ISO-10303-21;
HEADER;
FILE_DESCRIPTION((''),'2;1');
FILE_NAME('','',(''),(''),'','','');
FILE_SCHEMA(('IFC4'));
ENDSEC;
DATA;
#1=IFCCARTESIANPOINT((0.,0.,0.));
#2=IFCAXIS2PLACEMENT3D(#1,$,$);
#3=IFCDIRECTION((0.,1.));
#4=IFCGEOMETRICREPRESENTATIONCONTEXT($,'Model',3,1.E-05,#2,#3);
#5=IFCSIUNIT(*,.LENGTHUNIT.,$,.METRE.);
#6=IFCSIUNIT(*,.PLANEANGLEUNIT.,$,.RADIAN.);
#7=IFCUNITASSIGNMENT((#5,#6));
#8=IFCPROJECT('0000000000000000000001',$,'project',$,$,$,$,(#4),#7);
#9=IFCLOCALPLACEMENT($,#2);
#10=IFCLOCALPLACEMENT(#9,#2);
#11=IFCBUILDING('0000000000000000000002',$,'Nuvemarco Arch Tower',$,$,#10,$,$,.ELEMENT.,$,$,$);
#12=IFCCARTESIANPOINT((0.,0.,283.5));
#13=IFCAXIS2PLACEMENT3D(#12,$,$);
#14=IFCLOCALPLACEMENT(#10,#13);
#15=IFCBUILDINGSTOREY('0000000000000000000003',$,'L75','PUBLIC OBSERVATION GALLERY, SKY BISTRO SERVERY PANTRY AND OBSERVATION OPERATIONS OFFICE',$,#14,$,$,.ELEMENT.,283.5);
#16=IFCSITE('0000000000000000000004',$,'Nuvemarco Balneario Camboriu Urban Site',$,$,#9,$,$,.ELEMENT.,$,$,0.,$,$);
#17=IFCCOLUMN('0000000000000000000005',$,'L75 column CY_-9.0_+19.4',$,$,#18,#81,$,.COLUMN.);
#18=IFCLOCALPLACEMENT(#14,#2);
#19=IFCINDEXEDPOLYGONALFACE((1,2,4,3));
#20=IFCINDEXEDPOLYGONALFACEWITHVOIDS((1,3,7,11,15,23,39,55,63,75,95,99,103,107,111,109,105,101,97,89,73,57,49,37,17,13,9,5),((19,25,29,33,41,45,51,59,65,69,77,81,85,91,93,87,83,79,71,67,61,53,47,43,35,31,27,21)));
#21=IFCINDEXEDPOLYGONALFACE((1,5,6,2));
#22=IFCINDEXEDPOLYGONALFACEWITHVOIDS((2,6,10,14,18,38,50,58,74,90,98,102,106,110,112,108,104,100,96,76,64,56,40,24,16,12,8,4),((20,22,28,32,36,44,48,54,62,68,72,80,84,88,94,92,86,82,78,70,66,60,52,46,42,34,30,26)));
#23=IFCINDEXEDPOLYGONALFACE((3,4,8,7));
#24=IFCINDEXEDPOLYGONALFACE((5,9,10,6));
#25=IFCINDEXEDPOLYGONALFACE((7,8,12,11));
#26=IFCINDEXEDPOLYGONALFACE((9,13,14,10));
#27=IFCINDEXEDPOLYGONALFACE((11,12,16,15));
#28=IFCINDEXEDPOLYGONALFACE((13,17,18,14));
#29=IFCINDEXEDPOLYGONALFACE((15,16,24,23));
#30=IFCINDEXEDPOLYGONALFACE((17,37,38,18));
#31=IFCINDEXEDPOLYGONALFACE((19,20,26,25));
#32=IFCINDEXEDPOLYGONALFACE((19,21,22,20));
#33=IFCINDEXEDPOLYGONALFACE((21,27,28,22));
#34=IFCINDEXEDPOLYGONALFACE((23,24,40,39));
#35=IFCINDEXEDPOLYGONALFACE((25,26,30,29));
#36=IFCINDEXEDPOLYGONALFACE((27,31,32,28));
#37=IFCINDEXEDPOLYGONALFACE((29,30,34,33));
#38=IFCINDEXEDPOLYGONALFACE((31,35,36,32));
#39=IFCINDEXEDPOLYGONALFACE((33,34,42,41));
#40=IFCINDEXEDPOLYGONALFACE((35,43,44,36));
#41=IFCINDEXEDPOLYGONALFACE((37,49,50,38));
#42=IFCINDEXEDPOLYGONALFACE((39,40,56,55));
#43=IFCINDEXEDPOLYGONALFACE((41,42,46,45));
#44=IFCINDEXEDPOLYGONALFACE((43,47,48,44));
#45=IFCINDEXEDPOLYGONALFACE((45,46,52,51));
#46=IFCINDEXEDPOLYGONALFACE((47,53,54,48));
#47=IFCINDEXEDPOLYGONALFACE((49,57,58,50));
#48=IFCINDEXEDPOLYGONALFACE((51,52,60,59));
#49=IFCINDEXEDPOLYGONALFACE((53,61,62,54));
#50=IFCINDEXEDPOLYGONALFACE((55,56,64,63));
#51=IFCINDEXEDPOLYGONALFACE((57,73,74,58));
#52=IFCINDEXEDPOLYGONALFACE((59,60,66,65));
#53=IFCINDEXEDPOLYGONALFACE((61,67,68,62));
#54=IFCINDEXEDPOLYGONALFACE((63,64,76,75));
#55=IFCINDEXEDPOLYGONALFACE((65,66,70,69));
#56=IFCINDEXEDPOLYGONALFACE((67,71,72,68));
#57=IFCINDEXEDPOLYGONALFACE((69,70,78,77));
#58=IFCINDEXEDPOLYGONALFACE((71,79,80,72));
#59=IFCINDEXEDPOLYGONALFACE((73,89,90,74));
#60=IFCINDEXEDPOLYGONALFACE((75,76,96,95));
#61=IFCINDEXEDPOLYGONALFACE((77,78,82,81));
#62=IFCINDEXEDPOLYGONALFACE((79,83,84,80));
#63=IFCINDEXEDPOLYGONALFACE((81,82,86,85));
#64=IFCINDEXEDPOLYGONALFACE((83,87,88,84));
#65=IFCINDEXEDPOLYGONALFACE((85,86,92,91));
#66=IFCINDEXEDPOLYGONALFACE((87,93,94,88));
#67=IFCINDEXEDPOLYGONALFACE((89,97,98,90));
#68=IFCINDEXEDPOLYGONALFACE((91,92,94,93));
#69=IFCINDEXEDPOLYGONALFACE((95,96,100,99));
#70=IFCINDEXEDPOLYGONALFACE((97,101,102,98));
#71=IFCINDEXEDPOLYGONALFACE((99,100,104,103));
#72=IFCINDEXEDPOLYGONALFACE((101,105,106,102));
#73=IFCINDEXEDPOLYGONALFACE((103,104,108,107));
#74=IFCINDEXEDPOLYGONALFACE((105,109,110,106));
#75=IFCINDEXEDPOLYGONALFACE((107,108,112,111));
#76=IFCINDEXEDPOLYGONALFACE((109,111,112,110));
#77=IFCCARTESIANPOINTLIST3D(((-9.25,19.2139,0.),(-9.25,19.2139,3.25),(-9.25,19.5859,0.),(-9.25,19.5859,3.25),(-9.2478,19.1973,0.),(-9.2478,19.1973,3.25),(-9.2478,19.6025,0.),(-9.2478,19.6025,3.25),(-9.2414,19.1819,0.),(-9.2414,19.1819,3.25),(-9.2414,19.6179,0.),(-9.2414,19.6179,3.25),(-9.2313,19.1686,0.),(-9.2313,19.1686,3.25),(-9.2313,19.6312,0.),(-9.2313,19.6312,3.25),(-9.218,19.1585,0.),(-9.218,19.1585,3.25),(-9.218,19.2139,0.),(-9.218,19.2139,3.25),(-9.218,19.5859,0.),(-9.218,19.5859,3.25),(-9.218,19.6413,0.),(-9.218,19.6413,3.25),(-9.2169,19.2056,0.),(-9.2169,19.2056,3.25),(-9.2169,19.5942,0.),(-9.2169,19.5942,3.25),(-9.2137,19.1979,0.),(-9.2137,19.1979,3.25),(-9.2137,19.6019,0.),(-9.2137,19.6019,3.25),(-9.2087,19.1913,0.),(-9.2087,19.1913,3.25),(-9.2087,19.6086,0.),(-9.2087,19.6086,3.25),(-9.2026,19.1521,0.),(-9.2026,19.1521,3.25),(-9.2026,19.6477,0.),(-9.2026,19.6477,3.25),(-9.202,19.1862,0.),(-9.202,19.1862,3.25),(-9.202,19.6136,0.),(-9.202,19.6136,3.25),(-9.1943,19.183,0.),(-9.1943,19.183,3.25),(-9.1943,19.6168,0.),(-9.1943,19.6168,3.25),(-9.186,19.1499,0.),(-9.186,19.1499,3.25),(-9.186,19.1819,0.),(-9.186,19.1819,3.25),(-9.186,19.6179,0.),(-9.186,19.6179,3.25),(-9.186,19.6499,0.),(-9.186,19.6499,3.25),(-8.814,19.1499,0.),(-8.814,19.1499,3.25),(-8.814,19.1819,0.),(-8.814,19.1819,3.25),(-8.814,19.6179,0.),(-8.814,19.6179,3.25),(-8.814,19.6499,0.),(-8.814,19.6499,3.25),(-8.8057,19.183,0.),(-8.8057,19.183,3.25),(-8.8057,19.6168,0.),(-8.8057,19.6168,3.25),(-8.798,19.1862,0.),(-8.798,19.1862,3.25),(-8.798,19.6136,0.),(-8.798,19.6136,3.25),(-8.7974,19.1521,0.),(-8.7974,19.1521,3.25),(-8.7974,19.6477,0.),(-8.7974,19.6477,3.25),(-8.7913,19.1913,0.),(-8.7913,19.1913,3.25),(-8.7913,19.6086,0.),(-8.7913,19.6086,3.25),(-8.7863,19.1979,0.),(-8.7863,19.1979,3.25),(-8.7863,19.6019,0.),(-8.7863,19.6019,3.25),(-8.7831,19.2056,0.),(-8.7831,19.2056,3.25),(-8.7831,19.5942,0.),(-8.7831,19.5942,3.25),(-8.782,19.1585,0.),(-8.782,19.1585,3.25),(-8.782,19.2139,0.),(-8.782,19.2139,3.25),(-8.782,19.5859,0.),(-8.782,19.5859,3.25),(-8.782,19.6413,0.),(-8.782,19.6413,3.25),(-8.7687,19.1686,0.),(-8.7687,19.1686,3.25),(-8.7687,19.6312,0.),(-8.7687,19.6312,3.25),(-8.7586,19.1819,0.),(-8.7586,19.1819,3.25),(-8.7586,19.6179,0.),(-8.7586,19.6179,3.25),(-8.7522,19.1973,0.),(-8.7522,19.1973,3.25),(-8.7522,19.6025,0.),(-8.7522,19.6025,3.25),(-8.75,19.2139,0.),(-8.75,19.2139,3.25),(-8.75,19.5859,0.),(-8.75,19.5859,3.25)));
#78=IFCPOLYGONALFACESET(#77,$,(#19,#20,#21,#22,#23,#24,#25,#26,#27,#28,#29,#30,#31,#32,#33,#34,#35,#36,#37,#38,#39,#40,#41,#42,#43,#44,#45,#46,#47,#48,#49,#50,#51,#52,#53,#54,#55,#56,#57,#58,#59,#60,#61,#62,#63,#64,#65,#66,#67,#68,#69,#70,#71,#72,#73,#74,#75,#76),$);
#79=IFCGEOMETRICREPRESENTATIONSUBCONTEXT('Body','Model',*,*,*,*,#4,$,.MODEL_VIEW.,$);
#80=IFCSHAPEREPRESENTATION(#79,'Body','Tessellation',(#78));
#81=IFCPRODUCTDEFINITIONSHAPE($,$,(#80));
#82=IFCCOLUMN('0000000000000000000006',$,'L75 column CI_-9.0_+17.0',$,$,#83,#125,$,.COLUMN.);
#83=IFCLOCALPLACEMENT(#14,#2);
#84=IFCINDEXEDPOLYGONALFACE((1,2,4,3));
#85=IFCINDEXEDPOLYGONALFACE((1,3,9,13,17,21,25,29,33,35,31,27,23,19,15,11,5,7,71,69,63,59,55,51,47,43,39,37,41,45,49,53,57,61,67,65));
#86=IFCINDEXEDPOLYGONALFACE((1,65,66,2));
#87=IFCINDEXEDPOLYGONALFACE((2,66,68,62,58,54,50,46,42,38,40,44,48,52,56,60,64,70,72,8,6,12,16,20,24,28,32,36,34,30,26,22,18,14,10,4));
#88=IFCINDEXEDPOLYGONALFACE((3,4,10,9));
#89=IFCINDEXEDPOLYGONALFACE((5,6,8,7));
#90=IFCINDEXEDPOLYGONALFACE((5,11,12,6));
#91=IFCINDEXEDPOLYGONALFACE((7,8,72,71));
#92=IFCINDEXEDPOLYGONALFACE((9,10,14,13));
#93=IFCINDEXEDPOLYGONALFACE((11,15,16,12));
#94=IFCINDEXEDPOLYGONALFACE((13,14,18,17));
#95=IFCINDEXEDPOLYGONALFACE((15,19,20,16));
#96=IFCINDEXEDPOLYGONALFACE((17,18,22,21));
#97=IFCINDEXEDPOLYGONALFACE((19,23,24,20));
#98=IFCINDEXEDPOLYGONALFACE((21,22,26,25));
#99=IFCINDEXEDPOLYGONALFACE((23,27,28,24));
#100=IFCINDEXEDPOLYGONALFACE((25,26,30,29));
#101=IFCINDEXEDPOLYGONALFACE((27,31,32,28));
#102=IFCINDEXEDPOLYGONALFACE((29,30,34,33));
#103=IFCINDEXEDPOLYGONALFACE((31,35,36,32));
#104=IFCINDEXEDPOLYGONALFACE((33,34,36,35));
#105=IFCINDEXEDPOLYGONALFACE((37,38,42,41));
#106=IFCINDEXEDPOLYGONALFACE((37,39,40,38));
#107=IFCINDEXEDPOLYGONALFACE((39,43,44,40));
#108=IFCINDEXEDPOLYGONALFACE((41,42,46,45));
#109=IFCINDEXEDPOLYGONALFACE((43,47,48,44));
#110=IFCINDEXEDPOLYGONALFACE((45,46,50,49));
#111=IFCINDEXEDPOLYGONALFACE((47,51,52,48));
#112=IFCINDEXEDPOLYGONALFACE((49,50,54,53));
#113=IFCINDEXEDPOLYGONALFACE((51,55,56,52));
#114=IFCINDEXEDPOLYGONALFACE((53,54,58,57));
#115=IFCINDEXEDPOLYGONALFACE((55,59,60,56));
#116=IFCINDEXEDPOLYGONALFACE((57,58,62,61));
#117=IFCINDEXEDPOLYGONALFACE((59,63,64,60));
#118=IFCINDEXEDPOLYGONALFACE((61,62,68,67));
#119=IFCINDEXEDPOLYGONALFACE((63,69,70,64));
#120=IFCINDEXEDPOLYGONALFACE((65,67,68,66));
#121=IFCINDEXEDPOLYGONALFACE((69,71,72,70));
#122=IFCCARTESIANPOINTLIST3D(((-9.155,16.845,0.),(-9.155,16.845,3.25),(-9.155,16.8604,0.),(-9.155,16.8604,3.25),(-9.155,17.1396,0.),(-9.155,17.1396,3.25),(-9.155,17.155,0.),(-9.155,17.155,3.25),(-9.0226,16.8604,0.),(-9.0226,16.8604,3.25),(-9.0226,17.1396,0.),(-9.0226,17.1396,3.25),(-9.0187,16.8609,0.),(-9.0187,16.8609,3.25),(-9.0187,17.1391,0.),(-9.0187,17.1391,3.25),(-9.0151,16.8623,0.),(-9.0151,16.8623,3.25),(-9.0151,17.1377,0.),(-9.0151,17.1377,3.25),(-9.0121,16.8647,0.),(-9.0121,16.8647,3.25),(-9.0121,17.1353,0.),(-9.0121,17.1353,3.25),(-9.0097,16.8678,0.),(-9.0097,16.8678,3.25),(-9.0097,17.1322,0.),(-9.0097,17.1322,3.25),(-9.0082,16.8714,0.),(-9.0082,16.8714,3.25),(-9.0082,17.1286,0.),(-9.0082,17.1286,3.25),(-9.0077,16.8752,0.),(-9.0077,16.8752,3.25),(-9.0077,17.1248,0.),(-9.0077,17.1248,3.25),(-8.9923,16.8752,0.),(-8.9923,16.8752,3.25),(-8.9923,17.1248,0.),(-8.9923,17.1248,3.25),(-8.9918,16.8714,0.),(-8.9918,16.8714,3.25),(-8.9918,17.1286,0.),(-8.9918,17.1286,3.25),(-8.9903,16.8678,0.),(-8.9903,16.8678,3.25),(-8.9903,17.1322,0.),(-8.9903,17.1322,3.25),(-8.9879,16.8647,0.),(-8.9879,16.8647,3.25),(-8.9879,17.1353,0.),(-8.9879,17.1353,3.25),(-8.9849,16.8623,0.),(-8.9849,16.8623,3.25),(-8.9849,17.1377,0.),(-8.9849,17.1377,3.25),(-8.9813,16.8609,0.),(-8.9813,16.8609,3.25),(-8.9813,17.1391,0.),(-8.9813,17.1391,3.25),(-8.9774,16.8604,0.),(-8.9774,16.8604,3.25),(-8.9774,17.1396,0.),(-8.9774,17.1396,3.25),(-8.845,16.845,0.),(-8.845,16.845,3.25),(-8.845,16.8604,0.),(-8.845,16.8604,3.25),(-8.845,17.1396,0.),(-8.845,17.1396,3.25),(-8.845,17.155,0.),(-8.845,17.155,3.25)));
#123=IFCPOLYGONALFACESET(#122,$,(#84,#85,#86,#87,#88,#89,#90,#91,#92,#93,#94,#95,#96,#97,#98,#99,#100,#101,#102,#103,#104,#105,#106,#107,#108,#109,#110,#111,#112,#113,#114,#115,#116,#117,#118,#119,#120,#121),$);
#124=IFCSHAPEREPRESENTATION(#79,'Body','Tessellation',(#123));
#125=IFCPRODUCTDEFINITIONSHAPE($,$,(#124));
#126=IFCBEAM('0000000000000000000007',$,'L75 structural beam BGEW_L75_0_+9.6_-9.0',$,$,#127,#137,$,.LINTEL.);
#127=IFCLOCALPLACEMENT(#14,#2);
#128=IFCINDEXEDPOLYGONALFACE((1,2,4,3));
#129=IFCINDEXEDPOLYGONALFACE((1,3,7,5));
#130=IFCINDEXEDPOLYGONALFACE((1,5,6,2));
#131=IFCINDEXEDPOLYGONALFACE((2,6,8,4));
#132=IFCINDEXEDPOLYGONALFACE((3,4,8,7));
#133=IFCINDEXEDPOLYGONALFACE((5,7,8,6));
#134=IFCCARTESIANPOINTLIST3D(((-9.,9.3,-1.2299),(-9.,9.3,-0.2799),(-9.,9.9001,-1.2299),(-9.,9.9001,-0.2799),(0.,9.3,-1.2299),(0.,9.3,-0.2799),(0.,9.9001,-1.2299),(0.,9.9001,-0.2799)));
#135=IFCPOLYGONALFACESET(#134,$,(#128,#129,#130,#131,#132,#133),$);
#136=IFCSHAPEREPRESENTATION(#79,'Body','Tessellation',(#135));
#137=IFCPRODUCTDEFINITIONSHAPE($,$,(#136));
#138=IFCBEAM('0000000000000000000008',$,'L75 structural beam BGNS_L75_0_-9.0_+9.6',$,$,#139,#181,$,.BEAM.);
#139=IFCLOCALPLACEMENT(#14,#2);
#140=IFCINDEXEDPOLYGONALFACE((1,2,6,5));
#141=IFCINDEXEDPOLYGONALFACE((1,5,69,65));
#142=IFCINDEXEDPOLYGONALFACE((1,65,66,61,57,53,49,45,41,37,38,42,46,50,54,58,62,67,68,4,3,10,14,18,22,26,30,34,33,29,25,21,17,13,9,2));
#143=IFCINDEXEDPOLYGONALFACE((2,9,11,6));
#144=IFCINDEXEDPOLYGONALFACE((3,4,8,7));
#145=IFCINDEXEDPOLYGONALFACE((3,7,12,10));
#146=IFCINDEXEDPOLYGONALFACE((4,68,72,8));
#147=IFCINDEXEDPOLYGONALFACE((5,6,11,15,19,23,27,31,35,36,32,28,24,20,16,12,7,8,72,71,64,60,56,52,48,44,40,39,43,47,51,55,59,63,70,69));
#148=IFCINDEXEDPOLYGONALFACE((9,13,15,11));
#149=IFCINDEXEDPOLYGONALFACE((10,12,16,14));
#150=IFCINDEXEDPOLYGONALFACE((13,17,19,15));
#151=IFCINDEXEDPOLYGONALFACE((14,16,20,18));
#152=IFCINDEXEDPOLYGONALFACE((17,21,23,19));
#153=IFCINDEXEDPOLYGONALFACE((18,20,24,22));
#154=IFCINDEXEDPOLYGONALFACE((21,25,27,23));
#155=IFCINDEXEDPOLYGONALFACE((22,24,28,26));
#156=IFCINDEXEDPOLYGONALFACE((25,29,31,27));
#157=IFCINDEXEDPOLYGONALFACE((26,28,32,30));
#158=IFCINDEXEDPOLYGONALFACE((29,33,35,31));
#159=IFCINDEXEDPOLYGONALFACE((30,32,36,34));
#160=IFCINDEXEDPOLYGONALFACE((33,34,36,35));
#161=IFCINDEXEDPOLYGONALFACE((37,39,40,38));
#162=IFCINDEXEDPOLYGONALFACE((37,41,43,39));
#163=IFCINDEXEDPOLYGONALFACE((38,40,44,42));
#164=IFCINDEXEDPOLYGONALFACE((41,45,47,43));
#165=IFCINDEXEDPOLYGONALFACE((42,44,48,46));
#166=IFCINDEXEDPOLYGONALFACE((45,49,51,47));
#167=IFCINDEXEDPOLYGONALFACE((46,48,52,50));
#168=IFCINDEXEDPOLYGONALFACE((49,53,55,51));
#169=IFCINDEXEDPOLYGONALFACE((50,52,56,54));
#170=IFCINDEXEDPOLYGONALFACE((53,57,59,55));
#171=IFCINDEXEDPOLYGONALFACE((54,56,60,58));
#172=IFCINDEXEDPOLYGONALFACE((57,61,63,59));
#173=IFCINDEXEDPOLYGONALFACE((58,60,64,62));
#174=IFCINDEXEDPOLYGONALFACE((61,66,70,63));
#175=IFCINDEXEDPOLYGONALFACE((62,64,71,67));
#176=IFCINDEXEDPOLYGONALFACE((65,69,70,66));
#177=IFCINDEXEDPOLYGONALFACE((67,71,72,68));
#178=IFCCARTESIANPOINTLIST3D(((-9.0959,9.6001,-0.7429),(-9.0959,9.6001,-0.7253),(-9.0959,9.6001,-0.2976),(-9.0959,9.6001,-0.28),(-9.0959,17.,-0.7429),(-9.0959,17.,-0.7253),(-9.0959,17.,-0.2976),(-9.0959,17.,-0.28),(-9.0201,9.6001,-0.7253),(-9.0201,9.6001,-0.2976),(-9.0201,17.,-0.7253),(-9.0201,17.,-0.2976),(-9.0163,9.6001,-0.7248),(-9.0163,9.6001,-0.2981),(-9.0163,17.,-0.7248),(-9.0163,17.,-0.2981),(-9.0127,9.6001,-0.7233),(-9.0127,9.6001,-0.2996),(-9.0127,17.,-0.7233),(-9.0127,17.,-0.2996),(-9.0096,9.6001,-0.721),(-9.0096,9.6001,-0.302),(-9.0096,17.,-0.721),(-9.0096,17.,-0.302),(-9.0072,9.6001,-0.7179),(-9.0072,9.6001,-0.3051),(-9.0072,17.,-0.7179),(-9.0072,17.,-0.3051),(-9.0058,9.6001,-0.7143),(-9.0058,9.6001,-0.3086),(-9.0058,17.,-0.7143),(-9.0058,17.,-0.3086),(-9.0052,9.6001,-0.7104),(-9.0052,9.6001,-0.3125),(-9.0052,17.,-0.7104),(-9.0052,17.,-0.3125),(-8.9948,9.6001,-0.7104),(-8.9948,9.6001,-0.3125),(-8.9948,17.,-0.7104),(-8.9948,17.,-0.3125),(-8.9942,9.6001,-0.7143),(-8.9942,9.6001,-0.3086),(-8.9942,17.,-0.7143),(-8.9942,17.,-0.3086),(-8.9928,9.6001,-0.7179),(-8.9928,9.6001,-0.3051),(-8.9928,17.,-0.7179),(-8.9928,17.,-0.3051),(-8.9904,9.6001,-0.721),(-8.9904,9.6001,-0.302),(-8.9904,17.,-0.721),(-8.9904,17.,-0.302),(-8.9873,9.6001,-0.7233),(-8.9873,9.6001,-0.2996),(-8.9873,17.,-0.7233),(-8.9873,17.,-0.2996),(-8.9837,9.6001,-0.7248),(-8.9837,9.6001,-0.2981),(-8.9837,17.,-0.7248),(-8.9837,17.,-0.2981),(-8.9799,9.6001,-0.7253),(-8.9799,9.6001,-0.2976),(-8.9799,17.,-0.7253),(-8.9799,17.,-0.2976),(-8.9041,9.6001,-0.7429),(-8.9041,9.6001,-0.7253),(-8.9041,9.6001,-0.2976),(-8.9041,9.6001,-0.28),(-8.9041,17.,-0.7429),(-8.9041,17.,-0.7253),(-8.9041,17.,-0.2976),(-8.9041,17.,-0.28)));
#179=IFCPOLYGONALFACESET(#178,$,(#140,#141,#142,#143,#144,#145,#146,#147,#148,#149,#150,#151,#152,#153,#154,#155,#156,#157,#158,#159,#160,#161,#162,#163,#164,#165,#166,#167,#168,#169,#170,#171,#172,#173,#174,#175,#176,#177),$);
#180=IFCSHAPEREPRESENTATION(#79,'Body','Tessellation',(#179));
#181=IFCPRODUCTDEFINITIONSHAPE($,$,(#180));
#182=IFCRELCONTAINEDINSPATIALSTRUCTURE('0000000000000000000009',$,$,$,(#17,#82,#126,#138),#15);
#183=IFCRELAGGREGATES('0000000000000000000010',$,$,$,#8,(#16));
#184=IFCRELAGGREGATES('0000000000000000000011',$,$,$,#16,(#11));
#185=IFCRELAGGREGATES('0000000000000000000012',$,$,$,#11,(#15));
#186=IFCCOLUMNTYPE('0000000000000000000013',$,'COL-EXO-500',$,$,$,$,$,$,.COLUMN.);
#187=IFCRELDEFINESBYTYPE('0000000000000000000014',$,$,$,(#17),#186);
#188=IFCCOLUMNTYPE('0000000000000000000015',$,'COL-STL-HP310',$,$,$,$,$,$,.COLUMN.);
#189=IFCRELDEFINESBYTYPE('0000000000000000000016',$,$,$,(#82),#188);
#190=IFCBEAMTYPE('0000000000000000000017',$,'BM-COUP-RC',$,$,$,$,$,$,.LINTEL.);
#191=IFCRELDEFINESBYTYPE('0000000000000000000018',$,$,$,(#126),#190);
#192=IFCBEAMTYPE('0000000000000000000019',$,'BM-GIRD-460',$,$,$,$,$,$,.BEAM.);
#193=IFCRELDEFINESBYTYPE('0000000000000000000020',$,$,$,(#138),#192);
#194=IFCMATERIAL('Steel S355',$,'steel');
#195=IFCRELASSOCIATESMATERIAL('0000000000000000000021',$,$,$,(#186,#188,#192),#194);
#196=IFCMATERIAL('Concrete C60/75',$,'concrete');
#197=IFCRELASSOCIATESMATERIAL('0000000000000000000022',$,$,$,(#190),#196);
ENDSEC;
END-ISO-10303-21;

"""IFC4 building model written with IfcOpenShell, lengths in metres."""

from ifc_helpers import new_model, si_unit, direction, frame, origin, origin_2d, place, context, subcontext, project, spatial, rectangle, hollow_rectangle, i_section, extrude, material, material_profile, profile_set, type_object, element, save


model = new_model("IFC4")

# Units and contexts
model_context = context("Model", 3, precision=1e-05, world=origin(), true_north=direction((0.0, 1.0)))
body_context = subcontext(model_context, "Body", "Model", "MODEL_VIEW")
ifc_project = project(units=[si_unit("LENGTHUNIT", "METRE"), si_unit("PLANEANGLEUNIT", "RADIAN")], contexts=[model_context])

# Site, building, storey
site_placement = place(None, origin())
site = spatial("IfcSite", under=ifc_project, at=site_placement, Name="Nuvemarco Balneario Camboriu Urban Site", CompositionType="ELEMENT", RefElevation=0.0)
building_placement = place(site_placement, origin())
building = spatial("IfcBuilding", under=site, at=building_placement, Name="Nuvemarco Arch Tower", CompositionType="ELEMENT")
storey_placement = place(building_placement, frame((0.0, 0.0, 283.5)))
storey = spatial("IfcBuildingStorey", under=building, at=storey_placement, Name="L75", Description="PUBLIC OBSERVATION GALLERY, SKY BISTRO SERVERY PANTRY AND OBSERVATION OPERATIONS OFFICE", CompositionType="ELEMENT", Elevation=283.5)

# Columns
ifc_material_1 = material(Name="Steel S355", Category="steel")
ifc_material_profile_1 = material_profile(ifc_material_1, hollow_rectangle(XDim=0.5, YDim=0.5, WallThickness=0.032, InnerFilletRadius=0.032, OuterFilletRadius=0.064, at=origin_2d()), Name="SHS500x500x32")
ifc_profile_set_1 = profile_set([ifc_material_profile_1], Name="Steel S355")
column_type_1 = type_object("IfcColumnType", Name="COL-EXO-500", PredefinedType="COLUMN", material=ifc_profile_set_1)
column_1_placement = place(storey_placement, frame((-9.0, 19.3999, 0.0), z_axis=(0.0, 0.0, 1.0), x_axis=(1.0, 0.0, 0.0)))
element("IfcColumn", 1, at=column_1_placement, inside=storey, type_object=column_type_1, Name="L75 column CY_-9.0_+19.4", PredefinedType="COLUMN", context=body_context, shape_type="SweptSolid", body=[
    extrude(hollow_rectangle(XDim=0.5, YDim=0.5, WallThickness=0.032, InnerFilletRadius=0.032, OuterFilletRadius=0.064, at=origin_2d()), origin(), (0.0, 0.0, 1.0), 3.25),
])
ifc_material_profile_2 = material_profile(ifc_material_1, i_section(OverallWidth=0.3101, OverallDepth=0.3101, WebThickness=0.0154, FlangeThickness=0.0154, FilletRadius=0.0149, at=origin_2d()), Name="HP310x110")
ifc_profile_set_2 = profile_set([ifc_material_profile_2], Name="Steel S355")
column_type_2 = type_object("IfcColumnType", Name="COL-STL-HP310", PredefinedType="COLUMN", material=ifc_profile_set_2)
column_2_placement = place(storey_placement, frame((-9.0, 17.0, 0.0), z_axis=(0.0, 0.0, 1.0), x_axis=(1.0, 0.0, 0.0)))
element("IfcColumn", 2, at=column_2_placement, inside=storey, type_object=column_type_2, Name="L75 column CI_-9.0_+17.0", PredefinedType="COLUMN", context=body_context, shape_type="SweptSolid", body=[
    extrude(i_section(OverallWidth=0.3101, OverallDepth=0.3101, WebThickness=0.0154, FlangeThickness=0.0154, FilletRadius=0.0149, at=origin_2d()), origin(), (0.0, 0.0, 1.0), 3.25),
])

# Beams
ifc_material_2 = material(Name="Concrete C60/75", Category="concrete")
ifc_material_profile_3 = material_profile(ifc_material_2, rectangle(XDim=0.6001, YDim=0.95, at=origin_2d()), Name="RC-BM-600x950")
ifc_profile_set_3 = profile_set([ifc_material_profile_3], Name="Concrete C60/75")
beam_type_1 = type_object("IfcBeamType", Name="BM-COUP-RC", PredefinedType="LINTEL", material=ifc_profile_set_3)
beam_1_placement = place(storey_placement, frame((-9.0, 9.6001, -0.7549), z_axis=(1.0, 0.0, 0.0), x_axis=(0.0, 1.0, 0.0)))
element("IfcBeam", 3, at=beam_1_placement, inside=storey, type_object=beam_type_1, Name="L75 structural beam BGEW_L75_0_+9.6_-9.0", PredefinedType="LINTEL", context=body_context, shape_type="SweptSolid", body=[
    extrude(rectangle(XDim=0.6001, YDim=0.95, at=origin_2d()), origin(), (0.0, 0.0, 1.0), 9.0),
])
ifc_material_profile_4 = material_profile(ifc_material_1, i_section(OverallWidth=0.1919, OverallDepth=0.4629, WebThickness=0.0105, FlangeThickness=0.0176, FilletRadius=0.0149, at=origin_2d()), Name="W460x89")
ifc_profile_set_4 = profile_set([ifc_material_profile_4], Name="Steel S355")
beam_type_2 = type_object("IfcBeamType", Name="BM-GIRD-460", PredefinedType="BEAM", material=ifc_profile_set_4)
beam_2_placement = place(storey_placement, frame((-9.0, 9.6001, -0.5115), z_axis=(0.0, 1.0, 0.0), x_axis=(-1.0, 0.0, 0.0)))
element("IfcBeam", 4, at=beam_2_placement, inside=storey, type_object=beam_type_2, Name="L75 structural beam BGNS_L75_0_-9.0_+9.6", PredefinedType="BEAM", context=body_context, shape_type="SweptSolid", body=[
    extrude(i_section(OverallWidth=0.1919, OverallDepth=0.4629, WebThickness=0.0105, FlangeThickness=0.0176, FilletRadius=0.0149, at=origin_2d()), origin(), (0.0, 0.0, 1.0), 7.3999),
])

save(model, "model.ifc")
